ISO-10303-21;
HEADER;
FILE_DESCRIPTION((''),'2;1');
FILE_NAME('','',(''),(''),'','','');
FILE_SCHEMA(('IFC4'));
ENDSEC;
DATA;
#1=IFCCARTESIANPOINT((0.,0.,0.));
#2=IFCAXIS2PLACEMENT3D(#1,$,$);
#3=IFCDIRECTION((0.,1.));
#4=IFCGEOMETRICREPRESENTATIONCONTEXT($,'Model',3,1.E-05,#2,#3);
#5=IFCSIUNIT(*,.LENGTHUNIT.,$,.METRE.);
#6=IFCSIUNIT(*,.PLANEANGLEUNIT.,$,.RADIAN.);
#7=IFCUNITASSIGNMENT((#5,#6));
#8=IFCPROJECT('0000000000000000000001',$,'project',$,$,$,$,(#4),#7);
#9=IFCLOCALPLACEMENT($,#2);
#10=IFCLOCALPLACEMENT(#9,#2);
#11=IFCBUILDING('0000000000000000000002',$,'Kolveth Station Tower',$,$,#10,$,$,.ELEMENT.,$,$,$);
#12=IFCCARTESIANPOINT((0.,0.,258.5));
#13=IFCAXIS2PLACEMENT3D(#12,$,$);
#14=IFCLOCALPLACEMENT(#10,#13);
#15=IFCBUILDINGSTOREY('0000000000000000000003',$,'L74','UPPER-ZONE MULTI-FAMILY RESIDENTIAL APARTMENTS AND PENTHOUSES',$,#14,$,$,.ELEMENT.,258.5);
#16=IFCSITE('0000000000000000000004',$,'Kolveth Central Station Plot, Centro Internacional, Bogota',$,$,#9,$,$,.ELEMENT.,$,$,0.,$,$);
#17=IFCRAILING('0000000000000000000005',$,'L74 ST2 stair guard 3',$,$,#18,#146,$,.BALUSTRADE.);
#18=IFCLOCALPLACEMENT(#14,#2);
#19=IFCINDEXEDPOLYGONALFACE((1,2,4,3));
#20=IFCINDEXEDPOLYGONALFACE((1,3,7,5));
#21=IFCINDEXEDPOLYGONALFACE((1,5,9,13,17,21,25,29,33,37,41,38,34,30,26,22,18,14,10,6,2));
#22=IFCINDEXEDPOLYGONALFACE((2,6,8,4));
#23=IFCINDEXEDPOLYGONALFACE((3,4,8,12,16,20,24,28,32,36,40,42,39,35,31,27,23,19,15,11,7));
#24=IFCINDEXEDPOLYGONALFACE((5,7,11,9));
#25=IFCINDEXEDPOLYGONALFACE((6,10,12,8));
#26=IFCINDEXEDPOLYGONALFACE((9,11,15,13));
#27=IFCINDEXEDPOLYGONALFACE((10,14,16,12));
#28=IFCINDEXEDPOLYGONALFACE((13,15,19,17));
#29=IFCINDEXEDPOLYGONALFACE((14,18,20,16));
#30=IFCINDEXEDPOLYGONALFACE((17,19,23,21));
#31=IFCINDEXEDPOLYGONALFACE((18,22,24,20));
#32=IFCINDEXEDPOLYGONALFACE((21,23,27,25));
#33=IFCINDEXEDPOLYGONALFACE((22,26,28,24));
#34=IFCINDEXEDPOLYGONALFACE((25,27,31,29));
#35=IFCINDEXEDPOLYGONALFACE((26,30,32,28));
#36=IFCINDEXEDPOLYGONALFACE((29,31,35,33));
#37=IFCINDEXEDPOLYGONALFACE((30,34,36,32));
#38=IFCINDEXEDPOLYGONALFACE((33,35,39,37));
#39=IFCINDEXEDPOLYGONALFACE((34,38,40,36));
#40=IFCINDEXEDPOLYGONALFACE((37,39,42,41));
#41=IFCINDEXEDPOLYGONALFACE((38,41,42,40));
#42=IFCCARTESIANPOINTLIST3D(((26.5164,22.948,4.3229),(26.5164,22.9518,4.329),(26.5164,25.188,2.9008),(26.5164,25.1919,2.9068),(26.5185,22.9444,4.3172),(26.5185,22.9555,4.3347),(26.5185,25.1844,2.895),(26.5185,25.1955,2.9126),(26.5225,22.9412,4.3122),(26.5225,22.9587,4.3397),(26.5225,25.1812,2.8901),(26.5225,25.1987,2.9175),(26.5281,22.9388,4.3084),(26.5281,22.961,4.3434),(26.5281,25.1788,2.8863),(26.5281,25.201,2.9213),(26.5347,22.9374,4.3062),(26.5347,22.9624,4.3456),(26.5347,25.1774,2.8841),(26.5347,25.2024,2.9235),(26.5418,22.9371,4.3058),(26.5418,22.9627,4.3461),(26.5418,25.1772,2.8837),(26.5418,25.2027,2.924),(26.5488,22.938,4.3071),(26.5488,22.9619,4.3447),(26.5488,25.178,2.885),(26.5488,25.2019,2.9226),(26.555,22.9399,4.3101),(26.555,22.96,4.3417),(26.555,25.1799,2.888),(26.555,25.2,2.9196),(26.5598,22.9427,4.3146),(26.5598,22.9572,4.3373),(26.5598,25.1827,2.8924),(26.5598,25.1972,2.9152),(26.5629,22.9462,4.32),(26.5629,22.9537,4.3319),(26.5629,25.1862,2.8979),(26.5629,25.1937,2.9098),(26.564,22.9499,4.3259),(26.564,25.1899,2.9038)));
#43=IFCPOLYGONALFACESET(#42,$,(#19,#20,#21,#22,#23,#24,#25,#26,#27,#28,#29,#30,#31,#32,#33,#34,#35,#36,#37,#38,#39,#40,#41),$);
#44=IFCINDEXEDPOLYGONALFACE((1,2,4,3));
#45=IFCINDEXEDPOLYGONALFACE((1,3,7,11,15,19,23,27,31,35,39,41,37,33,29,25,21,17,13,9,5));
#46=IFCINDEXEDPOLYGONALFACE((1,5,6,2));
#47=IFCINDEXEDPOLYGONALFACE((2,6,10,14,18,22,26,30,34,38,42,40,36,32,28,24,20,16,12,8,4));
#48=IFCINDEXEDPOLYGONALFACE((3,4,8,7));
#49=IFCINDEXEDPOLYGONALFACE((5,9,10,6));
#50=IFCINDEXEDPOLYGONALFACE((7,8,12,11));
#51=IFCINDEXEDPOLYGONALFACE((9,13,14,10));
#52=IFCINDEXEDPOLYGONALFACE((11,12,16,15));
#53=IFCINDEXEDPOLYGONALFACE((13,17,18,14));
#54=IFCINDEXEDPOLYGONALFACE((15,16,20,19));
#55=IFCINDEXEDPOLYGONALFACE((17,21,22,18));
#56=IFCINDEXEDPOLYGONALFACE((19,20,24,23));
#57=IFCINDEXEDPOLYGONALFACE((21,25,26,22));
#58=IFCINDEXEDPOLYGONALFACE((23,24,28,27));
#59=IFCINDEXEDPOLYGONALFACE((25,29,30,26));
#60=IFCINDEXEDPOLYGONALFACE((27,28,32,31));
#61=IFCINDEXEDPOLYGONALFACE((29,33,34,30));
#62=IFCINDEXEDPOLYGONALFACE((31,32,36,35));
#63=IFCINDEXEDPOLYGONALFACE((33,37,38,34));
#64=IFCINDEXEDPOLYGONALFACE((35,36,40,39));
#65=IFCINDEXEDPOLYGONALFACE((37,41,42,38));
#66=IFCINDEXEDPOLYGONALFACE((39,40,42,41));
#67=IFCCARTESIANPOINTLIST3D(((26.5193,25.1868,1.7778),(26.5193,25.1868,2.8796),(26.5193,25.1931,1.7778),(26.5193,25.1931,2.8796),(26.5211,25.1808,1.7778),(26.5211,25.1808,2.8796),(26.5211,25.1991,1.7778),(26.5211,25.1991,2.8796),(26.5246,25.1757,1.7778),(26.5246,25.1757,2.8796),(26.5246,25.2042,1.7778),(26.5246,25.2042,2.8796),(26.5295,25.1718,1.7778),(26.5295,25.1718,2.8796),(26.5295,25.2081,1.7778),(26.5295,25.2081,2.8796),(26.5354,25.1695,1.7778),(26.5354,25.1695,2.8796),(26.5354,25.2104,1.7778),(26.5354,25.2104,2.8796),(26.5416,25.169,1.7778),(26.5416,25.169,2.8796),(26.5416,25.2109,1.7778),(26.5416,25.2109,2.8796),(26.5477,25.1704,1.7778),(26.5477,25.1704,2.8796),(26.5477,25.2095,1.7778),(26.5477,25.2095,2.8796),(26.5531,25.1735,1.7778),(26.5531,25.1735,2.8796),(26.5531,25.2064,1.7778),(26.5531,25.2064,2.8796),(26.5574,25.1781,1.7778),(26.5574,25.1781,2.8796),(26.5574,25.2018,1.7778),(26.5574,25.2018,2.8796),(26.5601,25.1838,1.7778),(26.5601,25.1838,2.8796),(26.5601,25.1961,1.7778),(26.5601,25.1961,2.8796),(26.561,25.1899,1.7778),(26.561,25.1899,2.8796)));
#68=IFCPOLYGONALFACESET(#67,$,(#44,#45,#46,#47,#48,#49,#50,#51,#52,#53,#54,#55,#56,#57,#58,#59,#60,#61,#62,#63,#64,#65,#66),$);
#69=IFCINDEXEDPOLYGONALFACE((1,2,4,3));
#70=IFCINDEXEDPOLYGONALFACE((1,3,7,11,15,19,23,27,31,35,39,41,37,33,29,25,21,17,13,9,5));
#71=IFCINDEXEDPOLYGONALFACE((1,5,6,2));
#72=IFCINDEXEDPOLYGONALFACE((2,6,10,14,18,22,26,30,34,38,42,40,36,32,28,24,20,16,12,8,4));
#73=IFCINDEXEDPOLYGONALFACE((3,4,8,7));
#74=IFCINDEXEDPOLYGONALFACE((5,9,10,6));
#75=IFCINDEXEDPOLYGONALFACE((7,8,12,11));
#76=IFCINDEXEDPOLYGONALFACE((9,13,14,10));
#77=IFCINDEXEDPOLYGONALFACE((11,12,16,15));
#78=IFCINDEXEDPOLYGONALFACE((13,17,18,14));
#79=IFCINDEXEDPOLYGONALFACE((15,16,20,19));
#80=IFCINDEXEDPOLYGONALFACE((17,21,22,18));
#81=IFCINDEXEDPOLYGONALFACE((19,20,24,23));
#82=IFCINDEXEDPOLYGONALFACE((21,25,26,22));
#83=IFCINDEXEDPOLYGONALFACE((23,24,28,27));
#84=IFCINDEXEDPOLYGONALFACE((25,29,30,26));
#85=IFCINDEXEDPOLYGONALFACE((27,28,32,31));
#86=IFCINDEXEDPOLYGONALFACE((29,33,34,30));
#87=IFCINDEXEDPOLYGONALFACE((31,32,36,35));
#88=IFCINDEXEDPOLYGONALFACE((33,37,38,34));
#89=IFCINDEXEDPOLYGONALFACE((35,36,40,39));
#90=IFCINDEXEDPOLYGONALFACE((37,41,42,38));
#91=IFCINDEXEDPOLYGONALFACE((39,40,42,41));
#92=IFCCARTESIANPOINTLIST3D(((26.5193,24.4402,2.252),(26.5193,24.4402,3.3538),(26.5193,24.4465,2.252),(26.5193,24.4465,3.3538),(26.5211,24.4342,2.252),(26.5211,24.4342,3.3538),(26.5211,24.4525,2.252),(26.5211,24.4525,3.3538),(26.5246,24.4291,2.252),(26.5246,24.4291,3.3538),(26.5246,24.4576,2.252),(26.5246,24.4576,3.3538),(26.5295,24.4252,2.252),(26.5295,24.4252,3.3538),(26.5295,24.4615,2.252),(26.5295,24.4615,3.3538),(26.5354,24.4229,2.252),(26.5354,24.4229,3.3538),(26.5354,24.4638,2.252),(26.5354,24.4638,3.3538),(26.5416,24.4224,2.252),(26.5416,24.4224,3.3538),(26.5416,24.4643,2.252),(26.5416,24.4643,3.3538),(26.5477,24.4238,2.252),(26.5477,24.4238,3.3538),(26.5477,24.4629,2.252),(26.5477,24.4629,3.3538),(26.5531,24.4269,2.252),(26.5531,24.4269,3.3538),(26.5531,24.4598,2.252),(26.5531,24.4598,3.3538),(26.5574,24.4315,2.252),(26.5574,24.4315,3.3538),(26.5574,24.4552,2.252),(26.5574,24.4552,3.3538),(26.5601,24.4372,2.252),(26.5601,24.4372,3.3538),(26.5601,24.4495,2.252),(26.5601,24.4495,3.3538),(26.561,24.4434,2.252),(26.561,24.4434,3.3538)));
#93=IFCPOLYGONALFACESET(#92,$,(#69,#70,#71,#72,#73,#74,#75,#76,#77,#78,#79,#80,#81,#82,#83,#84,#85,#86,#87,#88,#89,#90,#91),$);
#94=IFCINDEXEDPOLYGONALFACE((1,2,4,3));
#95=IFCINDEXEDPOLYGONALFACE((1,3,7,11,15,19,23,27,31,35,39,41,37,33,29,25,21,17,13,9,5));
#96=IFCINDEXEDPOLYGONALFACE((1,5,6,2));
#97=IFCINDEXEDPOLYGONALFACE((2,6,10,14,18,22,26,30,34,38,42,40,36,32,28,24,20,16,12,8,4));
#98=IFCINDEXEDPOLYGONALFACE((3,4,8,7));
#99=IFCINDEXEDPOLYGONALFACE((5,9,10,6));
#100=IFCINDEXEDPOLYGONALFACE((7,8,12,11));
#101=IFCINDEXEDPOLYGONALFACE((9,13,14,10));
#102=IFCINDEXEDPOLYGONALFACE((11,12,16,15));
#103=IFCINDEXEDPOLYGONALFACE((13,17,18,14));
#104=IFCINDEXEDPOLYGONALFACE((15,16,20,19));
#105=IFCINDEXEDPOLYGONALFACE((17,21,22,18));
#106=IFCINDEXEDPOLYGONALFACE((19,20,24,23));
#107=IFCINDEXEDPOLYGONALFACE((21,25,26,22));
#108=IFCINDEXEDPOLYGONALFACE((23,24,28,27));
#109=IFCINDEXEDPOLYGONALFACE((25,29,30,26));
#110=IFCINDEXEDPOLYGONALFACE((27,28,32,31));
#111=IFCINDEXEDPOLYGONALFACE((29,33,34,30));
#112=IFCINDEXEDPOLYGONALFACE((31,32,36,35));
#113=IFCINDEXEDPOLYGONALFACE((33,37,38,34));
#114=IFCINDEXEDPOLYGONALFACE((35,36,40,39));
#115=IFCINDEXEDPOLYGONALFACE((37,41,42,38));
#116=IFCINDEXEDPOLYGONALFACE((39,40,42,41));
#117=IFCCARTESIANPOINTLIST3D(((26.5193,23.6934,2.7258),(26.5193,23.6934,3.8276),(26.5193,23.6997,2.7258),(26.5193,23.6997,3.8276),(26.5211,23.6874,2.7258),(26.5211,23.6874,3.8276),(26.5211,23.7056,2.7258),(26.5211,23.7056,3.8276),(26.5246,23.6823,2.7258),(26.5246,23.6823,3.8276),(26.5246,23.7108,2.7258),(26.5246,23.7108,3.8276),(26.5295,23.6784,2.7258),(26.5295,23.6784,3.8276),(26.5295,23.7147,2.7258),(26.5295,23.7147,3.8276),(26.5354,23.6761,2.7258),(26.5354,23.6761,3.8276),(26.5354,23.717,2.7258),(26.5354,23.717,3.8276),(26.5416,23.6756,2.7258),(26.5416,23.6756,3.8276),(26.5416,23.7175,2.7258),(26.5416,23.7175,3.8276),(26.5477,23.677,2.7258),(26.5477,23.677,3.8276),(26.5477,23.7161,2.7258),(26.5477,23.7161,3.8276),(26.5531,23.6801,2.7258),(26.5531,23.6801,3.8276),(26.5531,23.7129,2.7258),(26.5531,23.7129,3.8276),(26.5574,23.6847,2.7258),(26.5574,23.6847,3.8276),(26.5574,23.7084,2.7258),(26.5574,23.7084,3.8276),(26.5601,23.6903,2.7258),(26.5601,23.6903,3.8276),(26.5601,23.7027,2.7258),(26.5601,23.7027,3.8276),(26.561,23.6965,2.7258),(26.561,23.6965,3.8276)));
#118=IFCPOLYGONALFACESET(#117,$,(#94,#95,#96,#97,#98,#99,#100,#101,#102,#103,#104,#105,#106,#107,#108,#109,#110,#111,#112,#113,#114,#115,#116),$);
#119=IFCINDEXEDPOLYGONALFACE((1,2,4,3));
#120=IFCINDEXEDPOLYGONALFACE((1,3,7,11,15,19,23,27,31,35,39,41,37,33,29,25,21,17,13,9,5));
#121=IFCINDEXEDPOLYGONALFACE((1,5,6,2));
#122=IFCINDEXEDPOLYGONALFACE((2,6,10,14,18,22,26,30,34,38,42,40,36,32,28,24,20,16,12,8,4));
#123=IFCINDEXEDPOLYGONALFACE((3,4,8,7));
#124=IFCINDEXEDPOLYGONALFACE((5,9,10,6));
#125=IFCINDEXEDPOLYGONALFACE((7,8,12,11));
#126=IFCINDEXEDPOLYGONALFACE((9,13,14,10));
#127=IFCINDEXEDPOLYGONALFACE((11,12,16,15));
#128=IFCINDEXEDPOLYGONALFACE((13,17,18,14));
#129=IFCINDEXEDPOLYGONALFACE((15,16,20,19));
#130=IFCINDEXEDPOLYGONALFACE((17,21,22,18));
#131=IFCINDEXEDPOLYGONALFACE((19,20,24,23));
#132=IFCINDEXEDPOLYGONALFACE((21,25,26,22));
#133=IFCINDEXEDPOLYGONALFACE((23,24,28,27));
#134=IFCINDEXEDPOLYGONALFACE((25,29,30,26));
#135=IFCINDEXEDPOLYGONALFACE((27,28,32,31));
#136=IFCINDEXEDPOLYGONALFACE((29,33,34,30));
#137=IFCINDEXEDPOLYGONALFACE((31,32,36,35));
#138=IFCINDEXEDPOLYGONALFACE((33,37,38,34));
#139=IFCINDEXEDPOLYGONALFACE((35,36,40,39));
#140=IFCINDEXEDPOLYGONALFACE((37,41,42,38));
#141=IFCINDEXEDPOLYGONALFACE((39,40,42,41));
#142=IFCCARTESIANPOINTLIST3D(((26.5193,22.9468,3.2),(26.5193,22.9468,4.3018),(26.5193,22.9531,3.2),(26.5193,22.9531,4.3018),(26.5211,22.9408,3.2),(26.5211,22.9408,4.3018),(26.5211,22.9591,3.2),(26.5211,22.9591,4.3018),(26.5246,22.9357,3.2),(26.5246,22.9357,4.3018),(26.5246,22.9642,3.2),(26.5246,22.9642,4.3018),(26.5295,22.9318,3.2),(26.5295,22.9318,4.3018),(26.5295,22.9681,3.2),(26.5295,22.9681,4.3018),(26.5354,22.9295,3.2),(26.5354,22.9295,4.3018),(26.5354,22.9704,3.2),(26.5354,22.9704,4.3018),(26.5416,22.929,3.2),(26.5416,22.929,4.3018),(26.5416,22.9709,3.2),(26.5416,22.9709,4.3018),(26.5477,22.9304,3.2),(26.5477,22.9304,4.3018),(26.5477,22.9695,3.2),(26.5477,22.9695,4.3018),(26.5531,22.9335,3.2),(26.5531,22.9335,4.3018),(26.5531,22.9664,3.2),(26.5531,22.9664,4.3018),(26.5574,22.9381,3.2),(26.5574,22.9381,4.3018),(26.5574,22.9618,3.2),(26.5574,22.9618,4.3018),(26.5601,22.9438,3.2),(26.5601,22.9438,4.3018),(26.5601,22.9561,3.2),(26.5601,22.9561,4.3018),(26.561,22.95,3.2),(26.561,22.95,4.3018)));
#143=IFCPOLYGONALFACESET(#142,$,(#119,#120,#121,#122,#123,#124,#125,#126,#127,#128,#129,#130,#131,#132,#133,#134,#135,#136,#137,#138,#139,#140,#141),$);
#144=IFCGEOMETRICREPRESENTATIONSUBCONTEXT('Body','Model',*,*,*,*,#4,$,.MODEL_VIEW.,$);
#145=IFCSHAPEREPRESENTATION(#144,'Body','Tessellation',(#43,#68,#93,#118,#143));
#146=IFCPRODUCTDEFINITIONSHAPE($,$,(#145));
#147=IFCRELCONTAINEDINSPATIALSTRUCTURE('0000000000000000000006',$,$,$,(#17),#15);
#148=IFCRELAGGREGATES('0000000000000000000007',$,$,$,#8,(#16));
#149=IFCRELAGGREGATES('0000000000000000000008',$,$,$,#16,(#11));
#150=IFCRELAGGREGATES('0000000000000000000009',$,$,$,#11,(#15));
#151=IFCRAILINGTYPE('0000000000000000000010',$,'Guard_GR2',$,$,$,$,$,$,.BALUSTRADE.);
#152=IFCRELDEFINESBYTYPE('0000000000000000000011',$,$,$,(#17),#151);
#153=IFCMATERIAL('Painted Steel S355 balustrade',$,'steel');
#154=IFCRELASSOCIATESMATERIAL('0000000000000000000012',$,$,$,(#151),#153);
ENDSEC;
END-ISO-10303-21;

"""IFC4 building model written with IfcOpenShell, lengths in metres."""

from ifc_helpers import new_model, si_unit, direction, frame, origin, origin_2d, place, context, subcontext, project, spatial, circle, extrude, material, type_object, element, save


model = new_model("IFC4")

# Units and contexts
model_context = context("Model", 3, precision=1e-05, world=origin(), true_north=direction((0.0, 1.0)))
body_context = subcontext(model_context, "Body", "Model", "MODEL_VIEW")
ifc_project = project(units=[si_unit("LENGTHUNIT", "METRE"), si_unit("PLANEANGLEUNIT", "RADIAN")], contexts=[model_context])

# Site, building, storey
site_placement = place(None, origin())
site = spatial("IfcSite", under=ifc_project, at=site_placement, Name="Kolveth Central Station Plot, Centro Internacional, Bogota", CompositionType="ELEMENT", RefElevation=0.0)
building_placement = place(site_placement, origin())
building = spatial("IfcBuilding", under=site, at=building_placement, Name="Kolveth Station Tower", CompositionType="ELEMENT")
storey_placement = place(building_placement, frame((0.0, 0.0, 258.5)))
storey = spatial("IfcBuildingStorey", under=building, at=storey_placement, Name="L74", Description="UPPER-ZONE MULTI-FAMILY RESIDENTIAL APARTMENTS AND PENTHOUSES", CompositionType="ELEMENT", Elevation=258.5)

# Railing
ifc_material_1 = material(Name="Painted Steel S355 balustrade", Category="steel")
railing_type_1 = type_object("IfcRailingType", Name="Guard_GR2", PredefinedType="BALUSTRADE", material=ifc_material_1)
railing_1_placement = place(storey_placement, frame((26.54, 25.1899, 1.7778)))
element("IfcRailing", 1, at=railing_1_placement, inside=storey, type_object=railing_type_1, Name="L74 ST2 stair guard 3", PredefinedType="BALUSTRADE", context=body_context, shape_type="SweptSolid", body=[
    extrude(circle(Radius=0.0239, at=origin_2d()), frame((0.0, 0.0, 1.126), z_axis=(0.0, -0.844229, 0.535982), x_axis=(1.0, 0.0, 0.0)), (0.0, 0.0, 1.0), 2.6533),
    extrude(circle(Radius=0.021, at=origin_2d()), origin(), (0.0, 0.0, 1.0), 1.1018),
    extrude(circle(Radius=0.021, at=origin_2d()), frame((0.0, -0.7466, 0.4741)), (0.0, 0.0, 1.0), 1.1018),
    extrude(circle(Radius=0.021, at=origin_2d()), frame((0.0, -1.4934, 0.948)), (0.0, 0.0, 1.0), 1.1018),
    extrude(circle(Radius=0.021, at=origin_2d()), frame((0.0, -2.24, 1.4221)), (0.0, 0.0, 1.0), 1.1018),
])

save(model, "model.ifc")
